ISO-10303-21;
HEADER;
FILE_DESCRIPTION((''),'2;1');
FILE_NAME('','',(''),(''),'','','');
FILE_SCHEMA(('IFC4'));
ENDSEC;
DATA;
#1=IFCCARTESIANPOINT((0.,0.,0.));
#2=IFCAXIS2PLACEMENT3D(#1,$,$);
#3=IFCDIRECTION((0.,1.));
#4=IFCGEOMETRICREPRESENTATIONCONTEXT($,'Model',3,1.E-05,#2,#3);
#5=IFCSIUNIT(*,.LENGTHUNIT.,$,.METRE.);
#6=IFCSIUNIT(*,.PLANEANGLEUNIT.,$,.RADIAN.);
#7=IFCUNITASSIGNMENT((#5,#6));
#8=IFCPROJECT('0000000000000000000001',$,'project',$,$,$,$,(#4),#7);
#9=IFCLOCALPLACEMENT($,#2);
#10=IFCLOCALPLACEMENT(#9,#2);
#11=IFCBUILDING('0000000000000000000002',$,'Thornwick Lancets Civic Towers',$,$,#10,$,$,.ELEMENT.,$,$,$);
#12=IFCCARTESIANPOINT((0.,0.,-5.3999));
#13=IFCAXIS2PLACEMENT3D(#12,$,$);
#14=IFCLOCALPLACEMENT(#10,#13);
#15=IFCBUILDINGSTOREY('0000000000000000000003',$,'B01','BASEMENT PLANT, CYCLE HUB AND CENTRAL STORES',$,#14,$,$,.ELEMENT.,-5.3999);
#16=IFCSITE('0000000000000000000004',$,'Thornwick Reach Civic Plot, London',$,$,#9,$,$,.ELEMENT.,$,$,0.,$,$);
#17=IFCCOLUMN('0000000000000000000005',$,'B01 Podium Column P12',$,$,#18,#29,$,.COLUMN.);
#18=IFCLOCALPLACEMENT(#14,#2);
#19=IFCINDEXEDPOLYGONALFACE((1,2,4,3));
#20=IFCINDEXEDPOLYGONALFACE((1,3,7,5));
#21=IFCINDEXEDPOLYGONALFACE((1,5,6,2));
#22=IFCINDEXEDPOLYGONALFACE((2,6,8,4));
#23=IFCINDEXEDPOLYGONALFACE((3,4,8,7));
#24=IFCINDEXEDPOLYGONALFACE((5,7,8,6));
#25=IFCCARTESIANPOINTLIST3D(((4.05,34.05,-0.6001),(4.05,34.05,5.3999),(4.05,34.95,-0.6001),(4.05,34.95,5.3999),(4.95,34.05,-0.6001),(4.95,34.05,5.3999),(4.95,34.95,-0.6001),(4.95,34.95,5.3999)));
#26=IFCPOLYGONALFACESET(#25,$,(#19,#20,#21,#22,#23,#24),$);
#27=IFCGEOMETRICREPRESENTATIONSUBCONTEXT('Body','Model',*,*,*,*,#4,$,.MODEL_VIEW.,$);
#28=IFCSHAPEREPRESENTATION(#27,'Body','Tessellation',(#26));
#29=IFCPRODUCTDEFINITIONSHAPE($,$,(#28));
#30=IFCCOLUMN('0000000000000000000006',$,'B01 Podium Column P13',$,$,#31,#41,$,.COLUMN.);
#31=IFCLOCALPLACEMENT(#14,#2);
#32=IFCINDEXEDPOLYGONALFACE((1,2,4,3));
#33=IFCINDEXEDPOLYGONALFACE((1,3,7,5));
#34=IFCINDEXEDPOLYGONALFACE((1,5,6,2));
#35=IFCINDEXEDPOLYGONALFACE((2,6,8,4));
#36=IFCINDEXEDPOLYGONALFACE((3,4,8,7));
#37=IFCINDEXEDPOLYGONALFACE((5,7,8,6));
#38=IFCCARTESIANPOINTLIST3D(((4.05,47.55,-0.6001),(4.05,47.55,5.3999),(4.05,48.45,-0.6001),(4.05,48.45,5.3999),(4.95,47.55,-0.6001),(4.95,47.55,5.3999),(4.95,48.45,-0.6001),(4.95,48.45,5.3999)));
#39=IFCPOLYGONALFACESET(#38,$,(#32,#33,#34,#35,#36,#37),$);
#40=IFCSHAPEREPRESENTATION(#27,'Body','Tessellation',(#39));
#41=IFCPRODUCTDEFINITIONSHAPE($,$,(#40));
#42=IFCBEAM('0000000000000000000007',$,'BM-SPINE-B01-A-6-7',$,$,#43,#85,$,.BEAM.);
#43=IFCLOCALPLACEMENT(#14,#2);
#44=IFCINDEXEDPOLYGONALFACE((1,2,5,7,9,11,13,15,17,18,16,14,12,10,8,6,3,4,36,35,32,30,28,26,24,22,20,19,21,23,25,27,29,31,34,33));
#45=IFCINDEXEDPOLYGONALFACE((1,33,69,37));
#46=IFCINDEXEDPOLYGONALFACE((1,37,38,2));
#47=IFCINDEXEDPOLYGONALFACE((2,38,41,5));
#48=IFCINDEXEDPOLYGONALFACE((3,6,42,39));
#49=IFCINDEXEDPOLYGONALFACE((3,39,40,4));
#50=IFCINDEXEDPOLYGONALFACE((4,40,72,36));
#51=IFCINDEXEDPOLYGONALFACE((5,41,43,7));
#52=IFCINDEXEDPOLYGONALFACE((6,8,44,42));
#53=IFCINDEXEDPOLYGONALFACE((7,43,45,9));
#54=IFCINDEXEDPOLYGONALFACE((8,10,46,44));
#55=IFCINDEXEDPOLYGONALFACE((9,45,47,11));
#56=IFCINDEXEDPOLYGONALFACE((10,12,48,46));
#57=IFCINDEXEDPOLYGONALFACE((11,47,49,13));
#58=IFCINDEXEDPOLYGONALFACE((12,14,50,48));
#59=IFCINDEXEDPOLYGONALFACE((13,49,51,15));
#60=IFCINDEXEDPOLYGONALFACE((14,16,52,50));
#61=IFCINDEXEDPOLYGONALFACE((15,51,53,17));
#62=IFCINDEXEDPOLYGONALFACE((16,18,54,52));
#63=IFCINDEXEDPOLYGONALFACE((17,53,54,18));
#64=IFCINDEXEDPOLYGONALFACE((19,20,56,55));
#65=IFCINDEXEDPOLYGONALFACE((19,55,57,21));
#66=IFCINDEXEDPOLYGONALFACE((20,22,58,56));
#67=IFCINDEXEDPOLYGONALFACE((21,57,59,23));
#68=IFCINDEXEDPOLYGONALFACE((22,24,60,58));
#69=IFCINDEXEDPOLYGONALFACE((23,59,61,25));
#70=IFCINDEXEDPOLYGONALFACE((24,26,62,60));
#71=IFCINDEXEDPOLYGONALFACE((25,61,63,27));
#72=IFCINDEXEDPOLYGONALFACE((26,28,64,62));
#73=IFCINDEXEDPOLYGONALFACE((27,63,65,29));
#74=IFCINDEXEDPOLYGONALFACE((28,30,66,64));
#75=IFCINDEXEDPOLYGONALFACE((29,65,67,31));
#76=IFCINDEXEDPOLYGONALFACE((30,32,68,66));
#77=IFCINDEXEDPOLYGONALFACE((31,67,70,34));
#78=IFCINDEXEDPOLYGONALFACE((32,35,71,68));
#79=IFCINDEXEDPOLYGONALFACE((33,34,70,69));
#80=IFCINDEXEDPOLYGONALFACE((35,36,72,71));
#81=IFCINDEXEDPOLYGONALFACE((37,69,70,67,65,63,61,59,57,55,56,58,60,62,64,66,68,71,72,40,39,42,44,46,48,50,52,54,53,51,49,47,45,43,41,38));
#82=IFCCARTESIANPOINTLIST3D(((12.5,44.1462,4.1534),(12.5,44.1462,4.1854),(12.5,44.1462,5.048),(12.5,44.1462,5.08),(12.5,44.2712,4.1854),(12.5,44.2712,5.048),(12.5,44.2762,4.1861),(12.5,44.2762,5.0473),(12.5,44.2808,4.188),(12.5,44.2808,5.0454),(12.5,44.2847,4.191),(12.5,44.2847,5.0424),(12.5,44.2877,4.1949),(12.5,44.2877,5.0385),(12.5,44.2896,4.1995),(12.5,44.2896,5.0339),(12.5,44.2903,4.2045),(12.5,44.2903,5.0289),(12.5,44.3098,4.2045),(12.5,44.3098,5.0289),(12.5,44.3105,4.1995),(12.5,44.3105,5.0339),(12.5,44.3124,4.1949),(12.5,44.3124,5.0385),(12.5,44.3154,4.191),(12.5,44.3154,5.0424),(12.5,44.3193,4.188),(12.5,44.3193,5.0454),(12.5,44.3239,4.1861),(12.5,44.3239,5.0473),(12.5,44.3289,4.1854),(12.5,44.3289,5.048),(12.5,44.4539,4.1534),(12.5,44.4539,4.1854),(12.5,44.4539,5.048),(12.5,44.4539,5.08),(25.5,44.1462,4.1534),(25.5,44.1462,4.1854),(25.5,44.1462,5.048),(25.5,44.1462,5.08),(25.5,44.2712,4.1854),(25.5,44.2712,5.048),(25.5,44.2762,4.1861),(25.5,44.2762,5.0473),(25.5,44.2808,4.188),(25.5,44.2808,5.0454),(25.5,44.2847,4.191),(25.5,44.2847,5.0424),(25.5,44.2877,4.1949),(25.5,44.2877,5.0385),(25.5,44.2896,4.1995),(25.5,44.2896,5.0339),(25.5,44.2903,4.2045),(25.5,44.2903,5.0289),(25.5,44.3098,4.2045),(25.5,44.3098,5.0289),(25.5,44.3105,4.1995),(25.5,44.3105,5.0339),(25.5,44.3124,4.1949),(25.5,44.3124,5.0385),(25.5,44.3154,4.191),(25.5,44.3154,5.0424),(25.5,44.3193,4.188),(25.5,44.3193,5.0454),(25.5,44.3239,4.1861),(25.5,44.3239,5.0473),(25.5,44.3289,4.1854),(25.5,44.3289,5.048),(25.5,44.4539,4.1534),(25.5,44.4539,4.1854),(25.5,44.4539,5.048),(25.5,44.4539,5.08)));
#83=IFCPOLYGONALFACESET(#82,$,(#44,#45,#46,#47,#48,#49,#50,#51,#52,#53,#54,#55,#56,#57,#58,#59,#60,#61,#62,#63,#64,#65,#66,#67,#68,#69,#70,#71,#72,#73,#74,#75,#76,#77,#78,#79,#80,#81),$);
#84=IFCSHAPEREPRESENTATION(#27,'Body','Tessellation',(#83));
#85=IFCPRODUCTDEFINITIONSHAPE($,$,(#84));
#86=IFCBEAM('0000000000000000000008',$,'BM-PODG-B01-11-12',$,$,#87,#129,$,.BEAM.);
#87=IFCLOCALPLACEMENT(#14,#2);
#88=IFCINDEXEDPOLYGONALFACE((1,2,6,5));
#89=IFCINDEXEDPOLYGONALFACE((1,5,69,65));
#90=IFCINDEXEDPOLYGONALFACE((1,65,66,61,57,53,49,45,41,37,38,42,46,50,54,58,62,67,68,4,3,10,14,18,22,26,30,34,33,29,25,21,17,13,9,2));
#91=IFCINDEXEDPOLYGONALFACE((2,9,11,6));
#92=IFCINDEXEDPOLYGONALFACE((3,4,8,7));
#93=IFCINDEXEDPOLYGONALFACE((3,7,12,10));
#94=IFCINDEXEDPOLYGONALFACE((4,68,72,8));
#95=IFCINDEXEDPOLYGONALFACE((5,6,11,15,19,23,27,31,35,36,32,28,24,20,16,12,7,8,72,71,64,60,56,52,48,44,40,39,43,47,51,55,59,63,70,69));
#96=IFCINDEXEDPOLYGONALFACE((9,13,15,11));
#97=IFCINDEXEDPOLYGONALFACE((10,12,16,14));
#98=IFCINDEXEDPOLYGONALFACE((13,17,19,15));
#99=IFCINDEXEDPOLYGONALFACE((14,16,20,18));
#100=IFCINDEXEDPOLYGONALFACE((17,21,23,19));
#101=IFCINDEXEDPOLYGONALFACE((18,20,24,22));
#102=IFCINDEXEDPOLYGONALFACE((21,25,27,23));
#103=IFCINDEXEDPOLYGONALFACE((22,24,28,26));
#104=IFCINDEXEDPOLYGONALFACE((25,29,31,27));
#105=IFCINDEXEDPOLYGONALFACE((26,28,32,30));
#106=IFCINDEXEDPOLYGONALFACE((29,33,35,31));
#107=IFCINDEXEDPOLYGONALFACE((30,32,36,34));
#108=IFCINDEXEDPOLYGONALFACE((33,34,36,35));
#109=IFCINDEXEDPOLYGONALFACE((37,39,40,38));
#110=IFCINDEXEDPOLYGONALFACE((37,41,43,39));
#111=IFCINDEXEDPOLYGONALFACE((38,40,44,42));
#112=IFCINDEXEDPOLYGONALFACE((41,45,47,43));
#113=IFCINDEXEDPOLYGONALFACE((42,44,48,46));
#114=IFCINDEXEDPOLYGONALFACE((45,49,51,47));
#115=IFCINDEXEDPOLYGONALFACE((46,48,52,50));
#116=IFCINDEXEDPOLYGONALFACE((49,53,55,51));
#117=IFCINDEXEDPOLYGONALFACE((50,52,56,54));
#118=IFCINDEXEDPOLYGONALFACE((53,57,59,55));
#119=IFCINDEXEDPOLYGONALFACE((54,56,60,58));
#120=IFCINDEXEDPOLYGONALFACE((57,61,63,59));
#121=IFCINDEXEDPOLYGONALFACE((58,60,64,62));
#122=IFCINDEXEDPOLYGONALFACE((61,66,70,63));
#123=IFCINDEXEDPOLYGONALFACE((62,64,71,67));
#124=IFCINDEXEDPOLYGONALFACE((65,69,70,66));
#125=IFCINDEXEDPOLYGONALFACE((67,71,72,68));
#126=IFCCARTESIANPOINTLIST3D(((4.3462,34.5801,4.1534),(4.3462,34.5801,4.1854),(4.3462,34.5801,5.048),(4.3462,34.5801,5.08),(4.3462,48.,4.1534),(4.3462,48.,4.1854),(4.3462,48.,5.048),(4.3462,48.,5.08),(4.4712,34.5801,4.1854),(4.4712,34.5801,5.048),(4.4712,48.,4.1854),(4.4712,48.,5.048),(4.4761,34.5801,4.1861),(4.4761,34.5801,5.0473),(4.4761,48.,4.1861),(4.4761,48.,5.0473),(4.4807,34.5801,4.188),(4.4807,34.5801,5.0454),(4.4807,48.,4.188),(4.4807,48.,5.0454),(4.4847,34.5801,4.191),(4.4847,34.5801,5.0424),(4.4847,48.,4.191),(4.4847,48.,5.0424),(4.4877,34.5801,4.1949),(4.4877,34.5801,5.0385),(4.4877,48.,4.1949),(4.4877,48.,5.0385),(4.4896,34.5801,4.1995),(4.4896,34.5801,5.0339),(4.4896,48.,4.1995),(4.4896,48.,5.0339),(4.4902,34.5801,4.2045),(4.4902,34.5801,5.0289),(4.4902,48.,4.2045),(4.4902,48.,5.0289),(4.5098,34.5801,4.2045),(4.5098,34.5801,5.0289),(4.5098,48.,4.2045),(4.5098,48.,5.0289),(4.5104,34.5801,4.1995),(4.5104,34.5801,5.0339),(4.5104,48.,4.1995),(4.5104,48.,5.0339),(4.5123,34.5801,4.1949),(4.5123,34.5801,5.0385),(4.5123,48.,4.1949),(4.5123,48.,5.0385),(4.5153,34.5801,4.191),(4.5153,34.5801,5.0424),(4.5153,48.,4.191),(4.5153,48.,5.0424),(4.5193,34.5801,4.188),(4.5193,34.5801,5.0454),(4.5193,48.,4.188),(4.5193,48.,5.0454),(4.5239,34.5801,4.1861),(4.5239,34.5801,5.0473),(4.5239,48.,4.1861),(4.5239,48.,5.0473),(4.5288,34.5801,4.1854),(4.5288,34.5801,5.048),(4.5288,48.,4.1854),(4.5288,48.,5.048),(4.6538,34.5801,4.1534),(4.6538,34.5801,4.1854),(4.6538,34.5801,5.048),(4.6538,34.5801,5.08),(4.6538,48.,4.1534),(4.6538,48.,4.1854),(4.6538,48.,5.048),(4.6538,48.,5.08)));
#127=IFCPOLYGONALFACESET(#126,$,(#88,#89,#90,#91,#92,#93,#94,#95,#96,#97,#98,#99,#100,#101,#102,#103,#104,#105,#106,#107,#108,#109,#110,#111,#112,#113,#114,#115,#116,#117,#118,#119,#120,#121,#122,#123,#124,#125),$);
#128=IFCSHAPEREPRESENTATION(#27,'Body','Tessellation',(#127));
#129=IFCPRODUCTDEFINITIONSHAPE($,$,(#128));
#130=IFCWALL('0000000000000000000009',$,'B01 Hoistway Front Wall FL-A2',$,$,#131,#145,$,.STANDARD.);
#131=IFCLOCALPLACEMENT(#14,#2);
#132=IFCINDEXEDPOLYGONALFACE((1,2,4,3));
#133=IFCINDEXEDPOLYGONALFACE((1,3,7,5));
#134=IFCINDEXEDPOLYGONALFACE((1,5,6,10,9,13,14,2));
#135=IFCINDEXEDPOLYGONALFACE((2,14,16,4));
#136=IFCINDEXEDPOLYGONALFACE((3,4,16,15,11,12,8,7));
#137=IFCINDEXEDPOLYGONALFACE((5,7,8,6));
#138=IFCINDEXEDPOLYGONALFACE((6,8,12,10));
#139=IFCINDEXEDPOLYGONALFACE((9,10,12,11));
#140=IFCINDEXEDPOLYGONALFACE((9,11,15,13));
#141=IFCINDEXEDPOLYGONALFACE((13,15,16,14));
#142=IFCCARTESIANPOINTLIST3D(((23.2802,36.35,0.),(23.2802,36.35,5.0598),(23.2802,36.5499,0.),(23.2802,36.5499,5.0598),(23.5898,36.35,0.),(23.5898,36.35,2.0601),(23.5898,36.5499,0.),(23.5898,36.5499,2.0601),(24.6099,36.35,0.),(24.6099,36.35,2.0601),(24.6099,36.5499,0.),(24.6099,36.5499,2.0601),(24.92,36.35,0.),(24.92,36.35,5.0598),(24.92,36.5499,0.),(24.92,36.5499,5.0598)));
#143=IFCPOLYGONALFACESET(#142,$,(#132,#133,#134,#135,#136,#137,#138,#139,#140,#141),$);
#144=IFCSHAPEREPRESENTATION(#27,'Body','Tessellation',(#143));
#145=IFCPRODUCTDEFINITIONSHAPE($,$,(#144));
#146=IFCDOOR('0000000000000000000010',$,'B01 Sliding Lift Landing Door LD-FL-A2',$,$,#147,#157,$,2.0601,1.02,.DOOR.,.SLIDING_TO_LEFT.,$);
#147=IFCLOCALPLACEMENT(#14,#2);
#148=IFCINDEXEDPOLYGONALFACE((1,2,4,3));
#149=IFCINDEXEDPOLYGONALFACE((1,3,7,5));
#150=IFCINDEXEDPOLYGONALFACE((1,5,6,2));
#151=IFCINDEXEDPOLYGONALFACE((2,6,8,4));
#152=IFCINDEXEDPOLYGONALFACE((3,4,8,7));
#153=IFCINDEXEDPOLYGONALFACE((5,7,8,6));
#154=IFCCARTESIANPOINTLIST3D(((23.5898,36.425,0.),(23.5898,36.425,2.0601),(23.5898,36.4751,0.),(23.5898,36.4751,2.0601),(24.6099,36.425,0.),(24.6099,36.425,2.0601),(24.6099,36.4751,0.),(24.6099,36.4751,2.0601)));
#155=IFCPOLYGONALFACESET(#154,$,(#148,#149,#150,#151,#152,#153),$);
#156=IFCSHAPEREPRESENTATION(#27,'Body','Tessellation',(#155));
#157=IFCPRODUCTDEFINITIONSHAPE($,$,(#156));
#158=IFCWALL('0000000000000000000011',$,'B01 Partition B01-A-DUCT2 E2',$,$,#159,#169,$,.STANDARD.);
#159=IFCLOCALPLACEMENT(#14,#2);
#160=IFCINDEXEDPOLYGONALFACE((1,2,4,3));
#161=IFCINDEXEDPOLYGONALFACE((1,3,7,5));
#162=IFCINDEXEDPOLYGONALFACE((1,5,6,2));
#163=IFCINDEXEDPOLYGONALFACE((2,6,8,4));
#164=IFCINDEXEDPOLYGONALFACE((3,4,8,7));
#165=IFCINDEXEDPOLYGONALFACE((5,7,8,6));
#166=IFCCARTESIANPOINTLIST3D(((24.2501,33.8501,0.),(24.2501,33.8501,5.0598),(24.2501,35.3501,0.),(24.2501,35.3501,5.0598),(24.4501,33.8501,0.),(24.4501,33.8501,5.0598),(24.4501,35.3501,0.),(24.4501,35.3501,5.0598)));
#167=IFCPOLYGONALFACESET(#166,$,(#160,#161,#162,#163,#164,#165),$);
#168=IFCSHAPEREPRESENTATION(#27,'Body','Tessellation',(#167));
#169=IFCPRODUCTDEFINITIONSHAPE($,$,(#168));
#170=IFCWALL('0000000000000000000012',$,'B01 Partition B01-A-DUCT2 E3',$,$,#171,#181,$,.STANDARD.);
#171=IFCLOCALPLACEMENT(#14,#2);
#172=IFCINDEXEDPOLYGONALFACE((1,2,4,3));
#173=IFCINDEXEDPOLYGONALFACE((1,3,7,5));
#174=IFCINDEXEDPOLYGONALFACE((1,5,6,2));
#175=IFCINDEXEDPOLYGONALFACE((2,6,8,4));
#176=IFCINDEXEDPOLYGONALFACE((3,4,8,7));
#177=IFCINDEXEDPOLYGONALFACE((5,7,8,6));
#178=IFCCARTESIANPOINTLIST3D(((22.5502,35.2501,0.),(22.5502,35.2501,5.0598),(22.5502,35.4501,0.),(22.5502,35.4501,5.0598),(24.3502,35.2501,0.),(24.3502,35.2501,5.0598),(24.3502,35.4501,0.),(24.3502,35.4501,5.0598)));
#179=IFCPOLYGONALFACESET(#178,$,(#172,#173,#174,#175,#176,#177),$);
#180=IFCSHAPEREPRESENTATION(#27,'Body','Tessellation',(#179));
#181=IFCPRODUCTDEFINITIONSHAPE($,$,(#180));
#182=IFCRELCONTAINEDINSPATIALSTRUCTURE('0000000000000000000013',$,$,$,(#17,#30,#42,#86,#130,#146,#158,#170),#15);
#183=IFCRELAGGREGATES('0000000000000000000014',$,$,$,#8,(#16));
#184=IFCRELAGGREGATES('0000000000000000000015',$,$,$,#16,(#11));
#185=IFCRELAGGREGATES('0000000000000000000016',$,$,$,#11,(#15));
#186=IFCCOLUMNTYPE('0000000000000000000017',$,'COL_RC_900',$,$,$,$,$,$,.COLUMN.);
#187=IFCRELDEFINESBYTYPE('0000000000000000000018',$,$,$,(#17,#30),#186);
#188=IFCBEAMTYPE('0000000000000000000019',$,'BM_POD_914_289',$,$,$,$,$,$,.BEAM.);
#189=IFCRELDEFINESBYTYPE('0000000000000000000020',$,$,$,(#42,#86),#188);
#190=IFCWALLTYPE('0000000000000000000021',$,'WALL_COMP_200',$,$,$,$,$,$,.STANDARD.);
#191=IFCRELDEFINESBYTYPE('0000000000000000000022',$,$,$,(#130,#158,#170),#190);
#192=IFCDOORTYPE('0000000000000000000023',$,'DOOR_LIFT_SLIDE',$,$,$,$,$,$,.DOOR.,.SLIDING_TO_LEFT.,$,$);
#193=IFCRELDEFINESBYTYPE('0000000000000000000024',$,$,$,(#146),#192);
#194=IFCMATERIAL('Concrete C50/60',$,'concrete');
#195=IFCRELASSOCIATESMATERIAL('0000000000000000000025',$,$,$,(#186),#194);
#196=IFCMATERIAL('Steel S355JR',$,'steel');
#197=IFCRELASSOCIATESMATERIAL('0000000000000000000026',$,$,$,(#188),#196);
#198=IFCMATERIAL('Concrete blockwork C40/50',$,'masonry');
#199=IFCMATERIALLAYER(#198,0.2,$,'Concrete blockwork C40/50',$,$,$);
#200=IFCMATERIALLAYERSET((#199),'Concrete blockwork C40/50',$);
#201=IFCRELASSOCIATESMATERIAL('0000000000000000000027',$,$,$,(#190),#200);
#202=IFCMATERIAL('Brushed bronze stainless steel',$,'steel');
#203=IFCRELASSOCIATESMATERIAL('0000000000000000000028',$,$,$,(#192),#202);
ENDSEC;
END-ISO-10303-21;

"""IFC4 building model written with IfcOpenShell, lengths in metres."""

from ifc_helpers import new_model, si_unit, direction, frame, frame_2d, origin, origin_2d, place, context, subcontext, project, spatial, rectangle, i_section, extrude, material, layer, layer_set, material_profile, profile_set, type_object, element, fill, save


model = new_model("IFC4")

# Units and contexts
model_context = context("Model", 3, precision=1e-05, world=origin(), true_north=direction((0.0, 1.0)))
body_context = subcontext(model_context, "Body", "Model", "MODEL_VIEW")
ifc_project = project(units=[si_unit("LENGTHUNIT", "METRE"), si_unit("PLANEANGLEUNIT", "RADIAN")], contexts=[model_context])

# Site, building, storey
site_placement = place(None, origin())
site = spatial("IfcSite", under=ifc_project, at=site_placement, Name="Thornwick Reach Civic Plot, London", CompositionType="ELEMENT", RefElevation=0.0)
building_placement = place(site_placement, origin())
building = spatial("IfcBuilding", under=site, at=building_placement, Name="Thornwick Lancets Civic Towers", CompositionType="ELEMENT")
storey_placement = place(building_placement, frame((0.0, 0.0, -5.3999)))
storey = spatial("IfcBuildingStorey", under=building, at=storey_placement, Name="B01", Description="BASEMENT PLANT, CYCLE HUB AND CENTRAL STORES", CompositionType="ELEMENT", Elevation=-5.3999)

# Columns
ifc_material_1 = material(Name="Concrete C50/60", Category="concrete")
ifc_material_profile_1 = material_profile(ifc_material_1, rectangle(XDim=0.8999, YDim=0.8999, at=origin_2d()), Name="RC 900x900")
ifc_profile_set_1 = profile_set([ifc_material_profile_1], Name="Concrete C50/60")
column_type_1 = type_object("IfcColumnType", Name="COL_RC_900", PredefinedType="COLUMN", material=ifc_profile_set_1)
for number, where, z_axis, x_axis, name in (
    (1, (4.5, 34.5, -0.6001), (0.0, 0.0, 1.0), (1.0, 0.0, 0.0), "B01 Podium Column P12"),
    (2, (4.5, 48.0, -0.6001), (0.0, 0.0, 1.0), (1.0, 0.0, 0.0), "B01 Podium Column P13"),
):
    element("IfcColumn", number, at=place(storey_placement, frame(where, z_axis=z_axis, x_axis=x_axis)), inside=storey, type_object=column_type_1, Name=name, PredefinedType="COLUMN", context=body_context, shape_type="SweptSolid", body=[
        extrude(rectangle(XDim=0.8999, YDim=0.8999, at=origin_2d()), origin(), (0.0, 0.0, 1.0), 6.0),
    ])

# Beams
ifc_material_2 = material(Name="Steel S355JR", Category="steel")
ifc_material_profile_2 = material_profile(ifc_material_2, i_section(OverallWidth=0.3076, OverallDepth=0.9265, WebThickness=0.0195, FlangeThickness=0.032, FilletRadius=0.019, at=origin_2d()), Name="UKB 914x305x289")
ifc_profile_set_2 = profile_set([ifc_material_profile_2], Name="Steel S355JR")
beam_type = type_object("IfcBeamType", Name="BM_POD_914_289", PredefinedType="BEAM", material=ifc_profile_set_2)
beam_1_placement = place(storey_placement, frame((12.5, 44.3, 4.6167), z_axis=(1.0, 0.0, 0.0), x_axis=(0.0, 1.0, 0.0)))
element("IfcBeam", 3, at=beam_1_placement, inside=storey, type_object=beam_type, Name="BM-SPINE-B01-A-6-7", PredefinedType="BEAM", context=body_context, shape_type="SweptSolid", body=[
    extrude(i_section(OverallWidth=0.3076, OverallDepth=0.9265, WebThickness=0.0195, FlangeThickness=0.032, FilletRadius=0.019, at=origin_2d()), origin(), (0.0, 0.0, 1.0), 13.0),
])
beam_2_placement = place(storey_placement, frame((4.5, 34.5801, 4.6167), z_axis=(0.0, 1.0, 0.0), x_axis=(-1.0, 0.0, 0.0)))
element("IfcBeam", 4, at=beam_2_placement, inside=storey, type_object=beam_type, Name="BM-PODG-B01-11-12", PredefinedType="BEAM", context=body_context, shape_type="SweptSolid", body=[
    extrude(i_section(OverallWidth=0.3076, OverallDepth=0.9265, WebThickness=0.0195, FlangeThickness=0.032, FilletRadius=0.019, at=origin_2d()), origin(), (0.0, 0.0, 1.0), 13.4199),
])

# Wall, opening, door
ifc_material_3 = material(Name="Concrete blockwork C40/50", Category="masonry")
ifc_layer_1 = layer(ifc_material_3, 0.2, Name="Concrete blockwork C40/50")
ifc_layer_set_1 = layer_set([ifc_layer_1], Name="Concrete blockwork C40/50")
wall_type_1 = type_object("IfcWallType", Name="WALL_COMP_200", PredefinedType="STANDARD", material=ifc_layer_set_1)
wall_1_placement = place(storey_placement, frame((24.9199, 36.45, 0.0), z_axis=(0.0, 0.0, 1.0), x_axis=(-1.0, 0.0, 0.0)))
wall_1 = element("IfcWall", 5, at=wall_1_placement, inside=storey, type_object=wall_type_1, Name="B01 Hoistway Front Wall FL-A2", PredefinedType="STANDARD", context=body_context, shape_type="SweptSolid", body=[
    extrude(rectangle(XDim=1.6399, YDim=0.2, at=frame_2d((0.8198, 0.0))), origin(), (0.0, 0.0, 1.0), 5.0598),
])
opening_placement = place(wall_1_placement, frame((0.3101, 0.0, 0.0)))
opening = element("IfcOpeningElement", 6, at=opening_placement, cuts=wall_1, PredefinedType="OPENING", context=body_context, shape_type="SweptSolid", body=[
    extrude(rectangle(XDim=1.02, YDim=2.0601, at=frame_2d((0.51, 1.03))), frame((0.0, 0.1099, 0.0), z_axis=(0.0, -1.0, 0.0), x_axis=(1.0, 0.0, 0.0)), (0.0, 0.0, 1.0), 0.22),
])
ifc_material_4 = material(Name="Brushed bronze stainless steel", Category="steel")
door_type = type_object("IfcDoorType", Name="DOOR_LIFT_SLIDE", OperationType="SLIDING_TO_LEFT", PredefinedType="DOOR", material=ifc_material_4)
door_placement = place(opening_placement, origin())
door = element("IfcDoor", 7, at=door_placement, inside=storey, type_object=door_type, Name="B01 Sliding Lift Landing Door LD-FL-A2", OperationType="SLIDING_TO_LEFT", OverallHeight=2.0601, OverallWidth=1.02, PredefinedType="DOOR", context=body_context, shape_type="SweptSolid", body=[
    extrude(rectangle(XDim=1.02, YDim=2.0601, at=frame_2d((0.51, 1.03))), frame((0.0, 0.0249, 0.0), z_axis=(0.0, -1.0, 0.0), x_axis=(1.0, 0.0, 0.0)), (0.0, 0.0, 1.0), 0.05),
])
fill(opening, door)

# Walls
wall_2_placement = place(storey_placement, frame((24.3501, 33.8501, 0.0), z_axis=(0.0, 0.0, 1.0), x_axis=(0.0, 1.0, 0.0)))
element("IfcWall", 8, at=wall_2_placement, inside=storey, type_object=wall_type_1, Name="B01 Partition B01-A-DUCT2 E2", PredefinedType="STANDARD", context=body_context, shape_type="SweptSolid", body=[
    extrude(rectangle(XDim=1.5, YDim=0.2, at=frame_2d((0.75, 0.0))), origin(), (0.0, 0.0, 1.0), 5.0598),
])
wall_3_placement = place(storey_placement, frame((24.3501, 35.3501, 0.0), z_axis=(0.0, 0.0, 1.0), x_axis=(-1.0, 0.0, 0.0)))
element("IfcWall", 9, at=wall_3_placement, inside=storey, type_object=wall_type_1, Name="B01 Partition B01-A-DUCT2 E3", PredefinedType="STANDARD", context=body_context, shape_type="SweptSolid", body=[
    extrude(rectangle(XDim=1.8, YDim=0.2, at=frame_2d((0.8999, 0.0))), origin(), (0.0, 0.0, 1.0), 5.0598),
])

save(model, "model.ifc")
